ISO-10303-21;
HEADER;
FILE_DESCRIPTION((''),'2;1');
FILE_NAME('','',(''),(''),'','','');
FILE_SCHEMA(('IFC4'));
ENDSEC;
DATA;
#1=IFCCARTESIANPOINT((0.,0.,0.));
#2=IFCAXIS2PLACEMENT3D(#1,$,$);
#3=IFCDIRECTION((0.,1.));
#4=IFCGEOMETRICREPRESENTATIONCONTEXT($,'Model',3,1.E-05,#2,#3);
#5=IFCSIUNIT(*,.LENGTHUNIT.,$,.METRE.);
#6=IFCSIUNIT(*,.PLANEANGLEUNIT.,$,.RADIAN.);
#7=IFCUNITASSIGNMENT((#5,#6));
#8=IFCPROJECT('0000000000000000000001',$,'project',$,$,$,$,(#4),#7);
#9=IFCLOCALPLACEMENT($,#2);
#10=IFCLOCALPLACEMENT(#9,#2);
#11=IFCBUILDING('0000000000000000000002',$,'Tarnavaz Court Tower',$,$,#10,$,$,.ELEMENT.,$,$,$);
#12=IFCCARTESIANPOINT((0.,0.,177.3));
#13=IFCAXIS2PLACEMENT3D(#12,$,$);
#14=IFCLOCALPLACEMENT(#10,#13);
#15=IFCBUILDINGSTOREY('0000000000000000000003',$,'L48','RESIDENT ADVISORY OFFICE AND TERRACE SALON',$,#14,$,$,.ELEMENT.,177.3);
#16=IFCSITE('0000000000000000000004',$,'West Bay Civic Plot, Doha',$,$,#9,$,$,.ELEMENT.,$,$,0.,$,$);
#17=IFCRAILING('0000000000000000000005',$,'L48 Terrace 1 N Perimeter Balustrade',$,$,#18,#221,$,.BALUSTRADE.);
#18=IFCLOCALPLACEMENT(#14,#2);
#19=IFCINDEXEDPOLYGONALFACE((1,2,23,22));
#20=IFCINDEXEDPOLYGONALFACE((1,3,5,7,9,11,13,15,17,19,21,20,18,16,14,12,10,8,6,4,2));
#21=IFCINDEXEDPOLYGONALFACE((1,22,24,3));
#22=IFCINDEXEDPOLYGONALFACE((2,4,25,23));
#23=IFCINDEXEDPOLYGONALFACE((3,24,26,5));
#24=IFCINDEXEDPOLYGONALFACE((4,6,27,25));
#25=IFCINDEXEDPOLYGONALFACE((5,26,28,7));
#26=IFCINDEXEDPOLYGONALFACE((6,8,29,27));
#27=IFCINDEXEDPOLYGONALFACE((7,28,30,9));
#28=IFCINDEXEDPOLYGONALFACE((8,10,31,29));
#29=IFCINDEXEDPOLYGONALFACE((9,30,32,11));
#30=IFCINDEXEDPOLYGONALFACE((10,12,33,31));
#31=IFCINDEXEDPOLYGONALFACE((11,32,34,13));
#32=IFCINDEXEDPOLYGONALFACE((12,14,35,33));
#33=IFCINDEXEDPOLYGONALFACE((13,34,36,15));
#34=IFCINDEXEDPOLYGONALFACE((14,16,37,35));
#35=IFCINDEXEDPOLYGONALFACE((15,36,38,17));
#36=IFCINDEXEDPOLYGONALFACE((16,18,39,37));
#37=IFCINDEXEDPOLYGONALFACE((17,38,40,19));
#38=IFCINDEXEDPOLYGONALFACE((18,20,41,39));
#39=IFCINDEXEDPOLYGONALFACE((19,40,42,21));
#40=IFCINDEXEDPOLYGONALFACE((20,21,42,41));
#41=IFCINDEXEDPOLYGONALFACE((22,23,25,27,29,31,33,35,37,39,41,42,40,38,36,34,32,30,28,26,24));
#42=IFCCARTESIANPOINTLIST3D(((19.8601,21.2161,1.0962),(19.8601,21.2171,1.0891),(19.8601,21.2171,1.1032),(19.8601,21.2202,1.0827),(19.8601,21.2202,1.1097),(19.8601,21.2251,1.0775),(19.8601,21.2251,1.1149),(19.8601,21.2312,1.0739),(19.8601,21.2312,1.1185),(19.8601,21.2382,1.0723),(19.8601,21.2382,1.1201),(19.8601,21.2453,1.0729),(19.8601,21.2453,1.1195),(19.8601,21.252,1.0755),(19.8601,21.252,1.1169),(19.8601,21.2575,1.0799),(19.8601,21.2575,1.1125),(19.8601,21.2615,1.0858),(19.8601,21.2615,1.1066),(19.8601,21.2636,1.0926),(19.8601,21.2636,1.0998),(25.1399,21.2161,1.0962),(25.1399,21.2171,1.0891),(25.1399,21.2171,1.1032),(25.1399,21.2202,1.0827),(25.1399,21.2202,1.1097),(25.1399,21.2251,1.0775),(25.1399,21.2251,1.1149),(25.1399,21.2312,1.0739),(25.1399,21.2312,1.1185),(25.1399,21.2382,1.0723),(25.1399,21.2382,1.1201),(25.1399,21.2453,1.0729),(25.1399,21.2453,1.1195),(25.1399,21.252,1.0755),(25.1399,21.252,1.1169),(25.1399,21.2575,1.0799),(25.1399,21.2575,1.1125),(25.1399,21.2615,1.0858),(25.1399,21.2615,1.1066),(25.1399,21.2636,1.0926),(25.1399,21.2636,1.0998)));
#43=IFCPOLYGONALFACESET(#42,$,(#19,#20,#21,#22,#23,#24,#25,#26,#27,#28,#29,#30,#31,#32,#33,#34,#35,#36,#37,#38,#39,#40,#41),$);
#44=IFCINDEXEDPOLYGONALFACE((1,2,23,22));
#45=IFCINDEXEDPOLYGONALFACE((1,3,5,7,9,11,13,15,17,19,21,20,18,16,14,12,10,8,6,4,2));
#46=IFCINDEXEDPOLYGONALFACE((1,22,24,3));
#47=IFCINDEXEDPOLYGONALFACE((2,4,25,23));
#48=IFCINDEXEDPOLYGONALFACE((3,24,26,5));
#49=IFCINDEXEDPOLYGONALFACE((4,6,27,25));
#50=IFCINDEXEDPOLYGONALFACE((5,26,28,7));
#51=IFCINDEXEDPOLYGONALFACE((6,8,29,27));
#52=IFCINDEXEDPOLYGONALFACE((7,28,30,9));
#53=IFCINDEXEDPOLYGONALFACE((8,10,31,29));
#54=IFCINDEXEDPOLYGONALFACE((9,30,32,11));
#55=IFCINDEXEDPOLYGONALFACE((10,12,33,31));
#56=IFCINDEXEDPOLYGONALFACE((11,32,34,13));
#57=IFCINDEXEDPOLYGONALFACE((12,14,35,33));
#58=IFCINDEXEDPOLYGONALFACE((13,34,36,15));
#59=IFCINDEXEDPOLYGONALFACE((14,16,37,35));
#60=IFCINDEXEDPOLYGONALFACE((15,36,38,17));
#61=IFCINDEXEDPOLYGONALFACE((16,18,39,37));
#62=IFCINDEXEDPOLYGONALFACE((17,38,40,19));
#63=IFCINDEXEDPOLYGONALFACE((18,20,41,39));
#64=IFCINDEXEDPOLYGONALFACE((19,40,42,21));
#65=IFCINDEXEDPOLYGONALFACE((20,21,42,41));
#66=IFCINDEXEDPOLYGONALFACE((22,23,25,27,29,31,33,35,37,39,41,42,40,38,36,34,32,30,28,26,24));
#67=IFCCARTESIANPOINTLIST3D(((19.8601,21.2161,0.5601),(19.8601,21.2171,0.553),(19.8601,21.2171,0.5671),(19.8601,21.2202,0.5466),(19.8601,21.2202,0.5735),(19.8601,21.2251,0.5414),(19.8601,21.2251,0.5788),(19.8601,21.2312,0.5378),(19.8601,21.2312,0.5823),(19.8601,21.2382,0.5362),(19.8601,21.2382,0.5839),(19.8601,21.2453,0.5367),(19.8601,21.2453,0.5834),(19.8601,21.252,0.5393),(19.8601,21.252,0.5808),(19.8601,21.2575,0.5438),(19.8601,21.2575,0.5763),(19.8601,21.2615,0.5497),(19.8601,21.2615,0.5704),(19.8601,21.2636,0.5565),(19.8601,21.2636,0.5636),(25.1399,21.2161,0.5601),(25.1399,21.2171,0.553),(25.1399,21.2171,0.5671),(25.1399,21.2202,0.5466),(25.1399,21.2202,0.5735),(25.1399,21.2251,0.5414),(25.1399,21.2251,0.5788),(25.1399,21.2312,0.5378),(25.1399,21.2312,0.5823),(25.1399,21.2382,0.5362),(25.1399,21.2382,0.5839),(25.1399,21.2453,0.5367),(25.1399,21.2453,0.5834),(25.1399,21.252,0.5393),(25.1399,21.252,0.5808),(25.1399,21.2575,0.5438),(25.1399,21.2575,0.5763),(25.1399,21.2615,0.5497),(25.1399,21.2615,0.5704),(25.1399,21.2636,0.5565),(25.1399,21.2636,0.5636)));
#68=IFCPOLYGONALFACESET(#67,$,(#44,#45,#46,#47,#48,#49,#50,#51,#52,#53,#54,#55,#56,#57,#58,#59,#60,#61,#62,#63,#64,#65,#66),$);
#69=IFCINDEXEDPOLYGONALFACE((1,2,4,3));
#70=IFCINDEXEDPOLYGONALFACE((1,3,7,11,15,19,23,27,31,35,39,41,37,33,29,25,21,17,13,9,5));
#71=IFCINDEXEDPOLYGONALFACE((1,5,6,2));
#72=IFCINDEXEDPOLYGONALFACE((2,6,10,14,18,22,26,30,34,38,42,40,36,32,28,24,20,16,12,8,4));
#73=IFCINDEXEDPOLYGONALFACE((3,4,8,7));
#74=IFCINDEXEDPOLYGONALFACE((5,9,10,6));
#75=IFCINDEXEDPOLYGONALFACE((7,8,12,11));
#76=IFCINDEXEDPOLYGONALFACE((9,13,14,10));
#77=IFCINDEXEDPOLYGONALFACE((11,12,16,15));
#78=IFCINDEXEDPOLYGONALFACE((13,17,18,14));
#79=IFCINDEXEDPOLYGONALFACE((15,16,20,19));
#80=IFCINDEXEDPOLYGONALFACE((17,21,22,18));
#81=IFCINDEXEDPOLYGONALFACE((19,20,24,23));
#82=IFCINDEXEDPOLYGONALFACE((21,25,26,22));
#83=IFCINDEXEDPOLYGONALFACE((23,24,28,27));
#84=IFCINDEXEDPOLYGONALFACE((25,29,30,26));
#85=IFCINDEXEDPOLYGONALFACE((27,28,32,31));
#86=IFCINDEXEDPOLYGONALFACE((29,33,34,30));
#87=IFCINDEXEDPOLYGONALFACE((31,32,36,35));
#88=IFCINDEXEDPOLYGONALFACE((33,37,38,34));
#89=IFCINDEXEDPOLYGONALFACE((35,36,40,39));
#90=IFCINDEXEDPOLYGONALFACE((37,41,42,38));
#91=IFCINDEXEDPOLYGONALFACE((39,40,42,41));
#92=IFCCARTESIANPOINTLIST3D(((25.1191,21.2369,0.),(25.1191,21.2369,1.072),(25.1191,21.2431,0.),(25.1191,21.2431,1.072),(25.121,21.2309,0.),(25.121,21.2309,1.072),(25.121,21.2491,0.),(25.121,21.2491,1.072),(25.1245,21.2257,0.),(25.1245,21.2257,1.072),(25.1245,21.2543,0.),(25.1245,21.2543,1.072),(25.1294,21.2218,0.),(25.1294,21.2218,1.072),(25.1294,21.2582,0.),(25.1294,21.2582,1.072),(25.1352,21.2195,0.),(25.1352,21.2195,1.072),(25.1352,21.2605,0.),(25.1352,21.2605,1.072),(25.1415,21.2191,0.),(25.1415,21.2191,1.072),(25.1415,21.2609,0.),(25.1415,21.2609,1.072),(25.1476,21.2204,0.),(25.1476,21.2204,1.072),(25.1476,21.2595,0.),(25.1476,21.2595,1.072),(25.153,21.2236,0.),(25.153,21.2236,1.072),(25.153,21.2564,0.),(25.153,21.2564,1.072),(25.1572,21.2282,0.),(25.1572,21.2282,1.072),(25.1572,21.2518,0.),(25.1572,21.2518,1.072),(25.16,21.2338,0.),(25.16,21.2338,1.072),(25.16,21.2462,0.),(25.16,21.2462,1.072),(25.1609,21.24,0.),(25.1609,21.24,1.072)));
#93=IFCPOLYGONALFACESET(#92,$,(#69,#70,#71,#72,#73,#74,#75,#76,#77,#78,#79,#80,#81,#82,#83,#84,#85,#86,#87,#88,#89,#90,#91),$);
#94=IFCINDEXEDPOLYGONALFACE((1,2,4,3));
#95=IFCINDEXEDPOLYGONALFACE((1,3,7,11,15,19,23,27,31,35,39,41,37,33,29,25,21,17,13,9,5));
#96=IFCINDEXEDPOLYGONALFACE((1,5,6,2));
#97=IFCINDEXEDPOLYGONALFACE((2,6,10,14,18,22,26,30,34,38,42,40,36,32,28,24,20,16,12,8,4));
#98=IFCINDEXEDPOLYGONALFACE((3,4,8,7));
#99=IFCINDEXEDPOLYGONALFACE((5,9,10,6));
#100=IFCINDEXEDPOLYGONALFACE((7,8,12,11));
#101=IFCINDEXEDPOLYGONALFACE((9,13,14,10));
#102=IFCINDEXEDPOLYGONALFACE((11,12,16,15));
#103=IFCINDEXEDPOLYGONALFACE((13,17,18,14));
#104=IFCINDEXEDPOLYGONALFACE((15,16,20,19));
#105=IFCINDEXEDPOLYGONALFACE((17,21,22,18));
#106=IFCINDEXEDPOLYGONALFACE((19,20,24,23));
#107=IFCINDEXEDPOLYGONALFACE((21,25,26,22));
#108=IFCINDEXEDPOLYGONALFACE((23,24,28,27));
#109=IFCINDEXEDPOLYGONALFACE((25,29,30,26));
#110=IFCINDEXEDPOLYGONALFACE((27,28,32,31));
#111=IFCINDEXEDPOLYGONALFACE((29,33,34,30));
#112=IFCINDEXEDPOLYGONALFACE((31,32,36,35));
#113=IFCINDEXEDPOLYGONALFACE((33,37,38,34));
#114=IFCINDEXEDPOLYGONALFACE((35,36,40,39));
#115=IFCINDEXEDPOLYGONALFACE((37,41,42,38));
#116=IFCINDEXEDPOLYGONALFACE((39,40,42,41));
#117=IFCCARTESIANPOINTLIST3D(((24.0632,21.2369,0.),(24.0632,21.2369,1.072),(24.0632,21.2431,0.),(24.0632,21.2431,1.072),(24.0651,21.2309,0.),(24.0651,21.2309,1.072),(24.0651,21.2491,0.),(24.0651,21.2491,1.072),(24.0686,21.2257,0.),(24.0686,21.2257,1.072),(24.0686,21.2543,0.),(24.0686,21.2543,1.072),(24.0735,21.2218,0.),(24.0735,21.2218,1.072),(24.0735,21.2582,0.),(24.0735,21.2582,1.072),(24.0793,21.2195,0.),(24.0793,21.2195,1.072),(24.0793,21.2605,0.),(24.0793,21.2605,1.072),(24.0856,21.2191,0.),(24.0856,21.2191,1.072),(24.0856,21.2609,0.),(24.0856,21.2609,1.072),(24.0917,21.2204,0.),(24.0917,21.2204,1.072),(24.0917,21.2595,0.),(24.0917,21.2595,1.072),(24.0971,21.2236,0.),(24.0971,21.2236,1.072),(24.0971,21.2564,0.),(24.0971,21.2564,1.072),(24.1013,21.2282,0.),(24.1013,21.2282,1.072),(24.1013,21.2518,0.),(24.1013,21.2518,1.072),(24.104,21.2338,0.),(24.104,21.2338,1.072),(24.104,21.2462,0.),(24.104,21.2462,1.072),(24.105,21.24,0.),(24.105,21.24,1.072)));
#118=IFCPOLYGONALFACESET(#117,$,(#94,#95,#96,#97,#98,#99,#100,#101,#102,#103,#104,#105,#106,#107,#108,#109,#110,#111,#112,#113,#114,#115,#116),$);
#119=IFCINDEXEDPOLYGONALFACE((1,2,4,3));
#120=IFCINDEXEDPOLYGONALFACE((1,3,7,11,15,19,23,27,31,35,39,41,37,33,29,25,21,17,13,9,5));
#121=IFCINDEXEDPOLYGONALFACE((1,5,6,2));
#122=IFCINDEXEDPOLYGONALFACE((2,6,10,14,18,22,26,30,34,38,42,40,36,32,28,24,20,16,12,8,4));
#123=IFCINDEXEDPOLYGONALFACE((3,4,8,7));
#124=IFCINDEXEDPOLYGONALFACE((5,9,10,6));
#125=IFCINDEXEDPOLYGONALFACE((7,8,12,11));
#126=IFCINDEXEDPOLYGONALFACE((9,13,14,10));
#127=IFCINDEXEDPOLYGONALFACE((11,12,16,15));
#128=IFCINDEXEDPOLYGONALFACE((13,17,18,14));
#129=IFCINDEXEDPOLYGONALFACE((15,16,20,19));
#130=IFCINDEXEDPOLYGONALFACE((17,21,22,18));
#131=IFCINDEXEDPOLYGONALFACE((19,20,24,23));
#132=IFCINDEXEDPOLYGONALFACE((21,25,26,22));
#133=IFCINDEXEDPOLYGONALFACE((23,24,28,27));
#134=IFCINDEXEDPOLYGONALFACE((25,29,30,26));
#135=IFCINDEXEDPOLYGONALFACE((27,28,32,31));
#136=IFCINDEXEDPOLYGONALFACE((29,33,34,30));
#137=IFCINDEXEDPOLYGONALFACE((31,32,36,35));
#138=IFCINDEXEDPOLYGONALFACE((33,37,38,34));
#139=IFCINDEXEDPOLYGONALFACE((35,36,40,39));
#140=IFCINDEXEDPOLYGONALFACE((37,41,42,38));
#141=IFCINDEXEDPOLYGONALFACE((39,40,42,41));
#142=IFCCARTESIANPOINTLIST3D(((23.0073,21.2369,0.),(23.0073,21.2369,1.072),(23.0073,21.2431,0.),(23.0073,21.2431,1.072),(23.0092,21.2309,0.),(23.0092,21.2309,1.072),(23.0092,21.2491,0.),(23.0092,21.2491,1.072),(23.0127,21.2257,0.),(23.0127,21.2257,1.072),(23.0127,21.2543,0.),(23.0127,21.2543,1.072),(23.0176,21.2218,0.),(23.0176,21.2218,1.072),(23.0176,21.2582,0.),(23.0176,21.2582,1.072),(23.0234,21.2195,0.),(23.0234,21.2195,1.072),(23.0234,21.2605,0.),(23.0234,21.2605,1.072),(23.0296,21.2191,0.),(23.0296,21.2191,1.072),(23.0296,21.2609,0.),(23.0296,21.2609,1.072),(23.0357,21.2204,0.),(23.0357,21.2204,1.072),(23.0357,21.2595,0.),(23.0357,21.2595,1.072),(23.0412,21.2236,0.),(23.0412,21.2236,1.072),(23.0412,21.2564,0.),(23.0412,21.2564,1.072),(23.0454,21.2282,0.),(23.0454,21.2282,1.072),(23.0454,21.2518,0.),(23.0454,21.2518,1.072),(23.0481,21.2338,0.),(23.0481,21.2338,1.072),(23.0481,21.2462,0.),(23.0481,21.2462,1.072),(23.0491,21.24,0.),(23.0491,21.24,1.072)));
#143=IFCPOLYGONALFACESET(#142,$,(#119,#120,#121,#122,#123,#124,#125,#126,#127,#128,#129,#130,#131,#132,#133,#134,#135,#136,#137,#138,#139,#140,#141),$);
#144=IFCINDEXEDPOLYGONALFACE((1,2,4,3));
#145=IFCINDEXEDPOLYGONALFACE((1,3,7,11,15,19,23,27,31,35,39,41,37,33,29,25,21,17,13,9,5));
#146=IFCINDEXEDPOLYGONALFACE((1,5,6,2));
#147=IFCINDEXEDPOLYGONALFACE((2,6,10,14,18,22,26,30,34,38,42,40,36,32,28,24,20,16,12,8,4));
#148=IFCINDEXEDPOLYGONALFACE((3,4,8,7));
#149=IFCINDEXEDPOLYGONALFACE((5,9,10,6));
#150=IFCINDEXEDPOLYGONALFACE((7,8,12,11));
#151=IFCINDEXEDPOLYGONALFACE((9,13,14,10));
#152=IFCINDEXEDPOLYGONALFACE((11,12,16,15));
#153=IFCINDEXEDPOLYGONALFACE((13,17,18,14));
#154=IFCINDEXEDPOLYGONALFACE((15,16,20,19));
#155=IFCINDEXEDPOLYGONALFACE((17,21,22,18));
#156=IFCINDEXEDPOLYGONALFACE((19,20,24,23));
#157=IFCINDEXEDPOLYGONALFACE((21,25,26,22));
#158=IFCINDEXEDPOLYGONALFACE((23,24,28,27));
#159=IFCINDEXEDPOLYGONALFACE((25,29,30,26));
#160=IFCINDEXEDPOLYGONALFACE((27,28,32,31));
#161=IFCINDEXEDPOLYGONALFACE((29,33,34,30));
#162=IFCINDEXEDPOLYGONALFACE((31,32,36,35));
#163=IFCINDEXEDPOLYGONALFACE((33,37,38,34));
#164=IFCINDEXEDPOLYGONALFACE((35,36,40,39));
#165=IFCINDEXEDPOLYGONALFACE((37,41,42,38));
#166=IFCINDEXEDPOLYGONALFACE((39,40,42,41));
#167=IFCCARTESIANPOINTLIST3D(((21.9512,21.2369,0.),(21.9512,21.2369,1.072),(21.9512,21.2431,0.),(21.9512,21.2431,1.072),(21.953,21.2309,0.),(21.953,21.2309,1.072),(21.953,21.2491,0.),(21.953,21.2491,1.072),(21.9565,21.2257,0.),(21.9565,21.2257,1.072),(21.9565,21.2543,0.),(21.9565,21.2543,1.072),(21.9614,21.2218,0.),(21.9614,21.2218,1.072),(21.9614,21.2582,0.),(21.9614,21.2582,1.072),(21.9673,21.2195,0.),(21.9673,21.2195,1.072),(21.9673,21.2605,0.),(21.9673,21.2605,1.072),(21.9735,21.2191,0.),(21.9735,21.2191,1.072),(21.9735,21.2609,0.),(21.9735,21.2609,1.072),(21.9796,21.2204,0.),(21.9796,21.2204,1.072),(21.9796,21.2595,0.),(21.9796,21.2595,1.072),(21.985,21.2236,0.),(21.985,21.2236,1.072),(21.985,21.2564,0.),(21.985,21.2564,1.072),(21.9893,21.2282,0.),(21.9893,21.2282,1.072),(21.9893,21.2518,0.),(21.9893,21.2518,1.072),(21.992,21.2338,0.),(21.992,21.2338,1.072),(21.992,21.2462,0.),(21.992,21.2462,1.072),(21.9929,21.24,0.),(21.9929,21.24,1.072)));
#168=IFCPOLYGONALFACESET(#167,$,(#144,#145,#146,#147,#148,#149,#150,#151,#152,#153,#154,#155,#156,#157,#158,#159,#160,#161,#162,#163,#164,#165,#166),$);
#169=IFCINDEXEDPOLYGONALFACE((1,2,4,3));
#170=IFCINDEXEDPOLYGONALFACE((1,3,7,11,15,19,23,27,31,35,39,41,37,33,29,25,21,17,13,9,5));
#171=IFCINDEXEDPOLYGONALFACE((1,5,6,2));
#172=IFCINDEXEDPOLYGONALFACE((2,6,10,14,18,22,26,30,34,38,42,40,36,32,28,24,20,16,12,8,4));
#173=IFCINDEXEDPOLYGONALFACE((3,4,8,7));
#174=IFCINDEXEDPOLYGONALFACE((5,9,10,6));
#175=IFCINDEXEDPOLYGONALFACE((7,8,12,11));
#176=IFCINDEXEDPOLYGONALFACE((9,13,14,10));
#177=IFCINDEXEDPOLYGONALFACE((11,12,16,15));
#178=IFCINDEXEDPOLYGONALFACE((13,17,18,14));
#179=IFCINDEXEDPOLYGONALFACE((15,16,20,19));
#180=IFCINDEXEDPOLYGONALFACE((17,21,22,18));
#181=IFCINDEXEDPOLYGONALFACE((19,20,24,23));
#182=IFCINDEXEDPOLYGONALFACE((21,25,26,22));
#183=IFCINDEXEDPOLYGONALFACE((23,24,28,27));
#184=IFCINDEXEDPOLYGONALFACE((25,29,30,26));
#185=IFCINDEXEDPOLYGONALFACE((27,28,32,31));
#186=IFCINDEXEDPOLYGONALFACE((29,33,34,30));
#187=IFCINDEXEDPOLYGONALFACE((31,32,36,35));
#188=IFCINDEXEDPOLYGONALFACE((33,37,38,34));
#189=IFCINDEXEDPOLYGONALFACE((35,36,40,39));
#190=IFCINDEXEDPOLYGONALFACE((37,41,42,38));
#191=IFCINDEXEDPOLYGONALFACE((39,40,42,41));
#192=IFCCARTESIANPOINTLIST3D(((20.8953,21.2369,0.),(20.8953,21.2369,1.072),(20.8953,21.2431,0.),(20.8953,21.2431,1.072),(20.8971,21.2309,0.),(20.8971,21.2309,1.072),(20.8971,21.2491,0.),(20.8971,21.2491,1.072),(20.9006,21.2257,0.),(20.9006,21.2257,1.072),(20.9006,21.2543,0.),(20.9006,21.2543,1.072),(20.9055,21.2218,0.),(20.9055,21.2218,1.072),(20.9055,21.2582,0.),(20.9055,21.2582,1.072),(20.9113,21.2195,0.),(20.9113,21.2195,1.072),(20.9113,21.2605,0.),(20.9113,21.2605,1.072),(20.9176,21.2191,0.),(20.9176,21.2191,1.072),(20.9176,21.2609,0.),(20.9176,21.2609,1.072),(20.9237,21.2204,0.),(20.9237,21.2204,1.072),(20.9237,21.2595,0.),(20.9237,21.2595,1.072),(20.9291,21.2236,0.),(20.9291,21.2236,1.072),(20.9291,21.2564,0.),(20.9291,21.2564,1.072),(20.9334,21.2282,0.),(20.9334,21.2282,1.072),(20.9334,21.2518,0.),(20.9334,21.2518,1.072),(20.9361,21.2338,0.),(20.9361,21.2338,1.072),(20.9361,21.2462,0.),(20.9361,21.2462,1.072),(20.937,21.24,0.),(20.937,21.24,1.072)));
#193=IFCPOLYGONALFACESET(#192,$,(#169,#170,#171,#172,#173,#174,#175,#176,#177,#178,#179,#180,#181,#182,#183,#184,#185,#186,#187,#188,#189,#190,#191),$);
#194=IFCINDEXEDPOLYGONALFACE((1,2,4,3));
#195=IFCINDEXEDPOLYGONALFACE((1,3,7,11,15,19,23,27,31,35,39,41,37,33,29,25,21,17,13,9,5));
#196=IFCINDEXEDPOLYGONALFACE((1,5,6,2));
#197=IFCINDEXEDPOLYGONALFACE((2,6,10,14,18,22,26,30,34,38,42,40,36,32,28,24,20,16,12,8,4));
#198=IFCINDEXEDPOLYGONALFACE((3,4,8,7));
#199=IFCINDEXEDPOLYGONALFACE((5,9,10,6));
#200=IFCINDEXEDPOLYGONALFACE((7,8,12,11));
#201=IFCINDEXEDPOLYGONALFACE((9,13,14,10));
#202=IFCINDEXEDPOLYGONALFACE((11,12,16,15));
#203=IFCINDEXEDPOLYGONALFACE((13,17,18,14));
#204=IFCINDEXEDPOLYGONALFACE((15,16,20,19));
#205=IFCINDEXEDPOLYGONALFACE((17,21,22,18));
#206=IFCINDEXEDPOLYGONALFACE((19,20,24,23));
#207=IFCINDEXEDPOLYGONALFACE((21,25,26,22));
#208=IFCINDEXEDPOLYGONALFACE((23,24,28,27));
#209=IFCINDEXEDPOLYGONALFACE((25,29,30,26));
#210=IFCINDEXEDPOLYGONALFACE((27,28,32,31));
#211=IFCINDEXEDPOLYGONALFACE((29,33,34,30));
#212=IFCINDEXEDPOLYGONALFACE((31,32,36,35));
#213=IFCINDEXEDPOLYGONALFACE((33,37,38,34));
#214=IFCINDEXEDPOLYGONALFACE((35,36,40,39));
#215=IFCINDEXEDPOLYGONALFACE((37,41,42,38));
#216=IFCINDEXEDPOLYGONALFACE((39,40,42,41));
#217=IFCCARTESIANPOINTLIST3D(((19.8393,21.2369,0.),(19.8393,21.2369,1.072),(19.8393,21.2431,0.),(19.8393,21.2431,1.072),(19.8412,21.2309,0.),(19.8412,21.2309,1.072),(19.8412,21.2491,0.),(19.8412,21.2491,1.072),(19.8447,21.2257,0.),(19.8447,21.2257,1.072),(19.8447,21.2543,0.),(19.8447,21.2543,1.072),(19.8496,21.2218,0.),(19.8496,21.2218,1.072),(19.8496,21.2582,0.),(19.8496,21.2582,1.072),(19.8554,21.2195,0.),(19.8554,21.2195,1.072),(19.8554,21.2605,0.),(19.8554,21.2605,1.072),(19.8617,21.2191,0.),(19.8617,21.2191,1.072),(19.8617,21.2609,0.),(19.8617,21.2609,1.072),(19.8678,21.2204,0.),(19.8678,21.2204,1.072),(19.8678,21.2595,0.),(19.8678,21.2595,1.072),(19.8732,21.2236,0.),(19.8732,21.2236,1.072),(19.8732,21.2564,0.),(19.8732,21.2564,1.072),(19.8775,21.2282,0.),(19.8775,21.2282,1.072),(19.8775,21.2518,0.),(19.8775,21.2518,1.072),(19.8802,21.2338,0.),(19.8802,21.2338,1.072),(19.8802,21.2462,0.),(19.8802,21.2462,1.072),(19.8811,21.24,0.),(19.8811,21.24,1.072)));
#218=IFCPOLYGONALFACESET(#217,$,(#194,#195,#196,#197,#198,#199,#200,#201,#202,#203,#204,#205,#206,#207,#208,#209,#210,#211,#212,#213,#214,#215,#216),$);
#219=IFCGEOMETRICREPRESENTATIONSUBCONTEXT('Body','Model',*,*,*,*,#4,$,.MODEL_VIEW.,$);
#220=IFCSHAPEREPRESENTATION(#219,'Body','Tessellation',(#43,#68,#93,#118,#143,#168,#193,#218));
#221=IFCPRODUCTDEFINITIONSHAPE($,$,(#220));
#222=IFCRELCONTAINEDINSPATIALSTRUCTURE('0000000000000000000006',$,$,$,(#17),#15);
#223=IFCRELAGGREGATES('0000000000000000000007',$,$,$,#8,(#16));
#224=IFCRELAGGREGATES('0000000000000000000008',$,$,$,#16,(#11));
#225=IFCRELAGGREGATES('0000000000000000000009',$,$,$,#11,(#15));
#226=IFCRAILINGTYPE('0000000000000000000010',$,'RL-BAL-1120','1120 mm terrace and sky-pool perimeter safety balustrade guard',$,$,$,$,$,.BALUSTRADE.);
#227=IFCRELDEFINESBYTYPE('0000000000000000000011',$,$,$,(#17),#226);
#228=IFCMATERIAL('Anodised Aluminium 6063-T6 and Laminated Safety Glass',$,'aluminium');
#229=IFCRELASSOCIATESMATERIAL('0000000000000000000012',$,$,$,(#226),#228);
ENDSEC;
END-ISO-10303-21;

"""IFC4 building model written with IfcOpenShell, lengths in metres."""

from ifc_helpers import new_model, si_unit, direction, frame, origin, origin_2d, place, context, subcontext, project, spatial, circle, extrude, material, type_object, element, save


model = new_model("IFC4")

# Units and contexts
model_context = context("Model", 3, precision=1e-05, world=origin(), true_north=direction((0.0, 1.0)))
body_context = subcontext(model_context, "Body", "Model", "MODEL_VIEW")
ifc_project = project(units=[si_unit("LENGTHUNIT", "METRE"), si_unit("PLANEANGLEUNIT", "RADIAN")], contexts=[model_context])

# Site, building, storey
site_placement = place(None, origin())
site = spatial("IfcSite", under=ifc_project, at=site_placement, Name="West Bay Civic Plot, Doha", CompositionType="ELEMENT", RefElevation=0.0)
building_placement = place(site_placement, origin())
building = spatial("IfcBuilding", under=site, at=building_placement, Name="Tarnavaz Court Tower", CompositionType="ELEMENT")
storey_placement = place(building_placement, frame((0.0, 0.0, 177.3)))
storey = spatial("IfcBuildingStorey", under=building, at=storey_placement, Name="L48", Description="RESIDENT ADVISORY OFFICE AND TERRACE SALON", CompositionType="ELEMENT", Elevation=177.3)

# Railing
ifc_material_1 = material(Name="Anodised Aluminium 6063-T6 and Laminated Safety Glass", Category="aluminium")
railing_type = type_object("IfcRailingType", Name="RL-BAL-1120", Description="1120 mm terrace and sky-pool perimeter safety balustrade guard", PredefinedType="BALUSTRADE", material=ifc_material_1)
railing_1_placement = place(storey_placement, frame((25.1399, 21.24, 0.0)))
element("IfcRailing", 1, at=railing_1_placement, inside=storey, type_object=railing_type, Name="L48 Terrace 1 N Perimeter Balustrade", PredefinedType="BALUSTRADE", context=body_context, shape_type="SweptSolid", body=[
    extrude(circle(Radius=0.0239, at=origin_2d()), frame((0.0, 0.0, 1.0962), z_axis=(-1.0, 0.0, 0.0), x_axis=(0.0, -1.0, 0.0)), (0.0, 0.0, 1.0), 5.2798),
    extrude(circle(Radius=0.0239, at=origin_2d()), frame((0.0, 0.0, 0.5601), z_axis=(-1.0, 0.0, 0.0), x_axis=(0.0, -1.0, 0.0)), (0.0, 0.0, 1.0), 5.2798),
    extrude(circle(Radius=0.021, at=origin_2d()), origin(), (0.0, 0.0, 1.0), 1.072),
    extrude(circle(Radius=0.021, at=origin_2d()), frame((-1.0559, 0.0, 0.0)), (0.0, 0.0, 1.0), 1.072),
    extrude(circle(Radius=0.021, at=origin_2d()), frame((-2.1118, 0.0, 0.0)), (0.0, 0.0, 1.0), 1.072),
    extrude(circle(Radius=0.021, at=origin_2d()), frame((-3.168, 0.0, 0.0)), (0.0, 0.0, 1.0), 1.072),
    extrude(circle(Radius=0.021, at=origin_2d()), frame((-4.2239, 0.0, 0.0)), (0.0, 0.0, 1.0), 1.072),
    extrude(circle(Radius=0.021, at=origin_2d()), frame((-5.2798, 0.0, 0.0)), (0.0, 0.0, 1.0), 1.072),
])

save(model, "model.ifc")
